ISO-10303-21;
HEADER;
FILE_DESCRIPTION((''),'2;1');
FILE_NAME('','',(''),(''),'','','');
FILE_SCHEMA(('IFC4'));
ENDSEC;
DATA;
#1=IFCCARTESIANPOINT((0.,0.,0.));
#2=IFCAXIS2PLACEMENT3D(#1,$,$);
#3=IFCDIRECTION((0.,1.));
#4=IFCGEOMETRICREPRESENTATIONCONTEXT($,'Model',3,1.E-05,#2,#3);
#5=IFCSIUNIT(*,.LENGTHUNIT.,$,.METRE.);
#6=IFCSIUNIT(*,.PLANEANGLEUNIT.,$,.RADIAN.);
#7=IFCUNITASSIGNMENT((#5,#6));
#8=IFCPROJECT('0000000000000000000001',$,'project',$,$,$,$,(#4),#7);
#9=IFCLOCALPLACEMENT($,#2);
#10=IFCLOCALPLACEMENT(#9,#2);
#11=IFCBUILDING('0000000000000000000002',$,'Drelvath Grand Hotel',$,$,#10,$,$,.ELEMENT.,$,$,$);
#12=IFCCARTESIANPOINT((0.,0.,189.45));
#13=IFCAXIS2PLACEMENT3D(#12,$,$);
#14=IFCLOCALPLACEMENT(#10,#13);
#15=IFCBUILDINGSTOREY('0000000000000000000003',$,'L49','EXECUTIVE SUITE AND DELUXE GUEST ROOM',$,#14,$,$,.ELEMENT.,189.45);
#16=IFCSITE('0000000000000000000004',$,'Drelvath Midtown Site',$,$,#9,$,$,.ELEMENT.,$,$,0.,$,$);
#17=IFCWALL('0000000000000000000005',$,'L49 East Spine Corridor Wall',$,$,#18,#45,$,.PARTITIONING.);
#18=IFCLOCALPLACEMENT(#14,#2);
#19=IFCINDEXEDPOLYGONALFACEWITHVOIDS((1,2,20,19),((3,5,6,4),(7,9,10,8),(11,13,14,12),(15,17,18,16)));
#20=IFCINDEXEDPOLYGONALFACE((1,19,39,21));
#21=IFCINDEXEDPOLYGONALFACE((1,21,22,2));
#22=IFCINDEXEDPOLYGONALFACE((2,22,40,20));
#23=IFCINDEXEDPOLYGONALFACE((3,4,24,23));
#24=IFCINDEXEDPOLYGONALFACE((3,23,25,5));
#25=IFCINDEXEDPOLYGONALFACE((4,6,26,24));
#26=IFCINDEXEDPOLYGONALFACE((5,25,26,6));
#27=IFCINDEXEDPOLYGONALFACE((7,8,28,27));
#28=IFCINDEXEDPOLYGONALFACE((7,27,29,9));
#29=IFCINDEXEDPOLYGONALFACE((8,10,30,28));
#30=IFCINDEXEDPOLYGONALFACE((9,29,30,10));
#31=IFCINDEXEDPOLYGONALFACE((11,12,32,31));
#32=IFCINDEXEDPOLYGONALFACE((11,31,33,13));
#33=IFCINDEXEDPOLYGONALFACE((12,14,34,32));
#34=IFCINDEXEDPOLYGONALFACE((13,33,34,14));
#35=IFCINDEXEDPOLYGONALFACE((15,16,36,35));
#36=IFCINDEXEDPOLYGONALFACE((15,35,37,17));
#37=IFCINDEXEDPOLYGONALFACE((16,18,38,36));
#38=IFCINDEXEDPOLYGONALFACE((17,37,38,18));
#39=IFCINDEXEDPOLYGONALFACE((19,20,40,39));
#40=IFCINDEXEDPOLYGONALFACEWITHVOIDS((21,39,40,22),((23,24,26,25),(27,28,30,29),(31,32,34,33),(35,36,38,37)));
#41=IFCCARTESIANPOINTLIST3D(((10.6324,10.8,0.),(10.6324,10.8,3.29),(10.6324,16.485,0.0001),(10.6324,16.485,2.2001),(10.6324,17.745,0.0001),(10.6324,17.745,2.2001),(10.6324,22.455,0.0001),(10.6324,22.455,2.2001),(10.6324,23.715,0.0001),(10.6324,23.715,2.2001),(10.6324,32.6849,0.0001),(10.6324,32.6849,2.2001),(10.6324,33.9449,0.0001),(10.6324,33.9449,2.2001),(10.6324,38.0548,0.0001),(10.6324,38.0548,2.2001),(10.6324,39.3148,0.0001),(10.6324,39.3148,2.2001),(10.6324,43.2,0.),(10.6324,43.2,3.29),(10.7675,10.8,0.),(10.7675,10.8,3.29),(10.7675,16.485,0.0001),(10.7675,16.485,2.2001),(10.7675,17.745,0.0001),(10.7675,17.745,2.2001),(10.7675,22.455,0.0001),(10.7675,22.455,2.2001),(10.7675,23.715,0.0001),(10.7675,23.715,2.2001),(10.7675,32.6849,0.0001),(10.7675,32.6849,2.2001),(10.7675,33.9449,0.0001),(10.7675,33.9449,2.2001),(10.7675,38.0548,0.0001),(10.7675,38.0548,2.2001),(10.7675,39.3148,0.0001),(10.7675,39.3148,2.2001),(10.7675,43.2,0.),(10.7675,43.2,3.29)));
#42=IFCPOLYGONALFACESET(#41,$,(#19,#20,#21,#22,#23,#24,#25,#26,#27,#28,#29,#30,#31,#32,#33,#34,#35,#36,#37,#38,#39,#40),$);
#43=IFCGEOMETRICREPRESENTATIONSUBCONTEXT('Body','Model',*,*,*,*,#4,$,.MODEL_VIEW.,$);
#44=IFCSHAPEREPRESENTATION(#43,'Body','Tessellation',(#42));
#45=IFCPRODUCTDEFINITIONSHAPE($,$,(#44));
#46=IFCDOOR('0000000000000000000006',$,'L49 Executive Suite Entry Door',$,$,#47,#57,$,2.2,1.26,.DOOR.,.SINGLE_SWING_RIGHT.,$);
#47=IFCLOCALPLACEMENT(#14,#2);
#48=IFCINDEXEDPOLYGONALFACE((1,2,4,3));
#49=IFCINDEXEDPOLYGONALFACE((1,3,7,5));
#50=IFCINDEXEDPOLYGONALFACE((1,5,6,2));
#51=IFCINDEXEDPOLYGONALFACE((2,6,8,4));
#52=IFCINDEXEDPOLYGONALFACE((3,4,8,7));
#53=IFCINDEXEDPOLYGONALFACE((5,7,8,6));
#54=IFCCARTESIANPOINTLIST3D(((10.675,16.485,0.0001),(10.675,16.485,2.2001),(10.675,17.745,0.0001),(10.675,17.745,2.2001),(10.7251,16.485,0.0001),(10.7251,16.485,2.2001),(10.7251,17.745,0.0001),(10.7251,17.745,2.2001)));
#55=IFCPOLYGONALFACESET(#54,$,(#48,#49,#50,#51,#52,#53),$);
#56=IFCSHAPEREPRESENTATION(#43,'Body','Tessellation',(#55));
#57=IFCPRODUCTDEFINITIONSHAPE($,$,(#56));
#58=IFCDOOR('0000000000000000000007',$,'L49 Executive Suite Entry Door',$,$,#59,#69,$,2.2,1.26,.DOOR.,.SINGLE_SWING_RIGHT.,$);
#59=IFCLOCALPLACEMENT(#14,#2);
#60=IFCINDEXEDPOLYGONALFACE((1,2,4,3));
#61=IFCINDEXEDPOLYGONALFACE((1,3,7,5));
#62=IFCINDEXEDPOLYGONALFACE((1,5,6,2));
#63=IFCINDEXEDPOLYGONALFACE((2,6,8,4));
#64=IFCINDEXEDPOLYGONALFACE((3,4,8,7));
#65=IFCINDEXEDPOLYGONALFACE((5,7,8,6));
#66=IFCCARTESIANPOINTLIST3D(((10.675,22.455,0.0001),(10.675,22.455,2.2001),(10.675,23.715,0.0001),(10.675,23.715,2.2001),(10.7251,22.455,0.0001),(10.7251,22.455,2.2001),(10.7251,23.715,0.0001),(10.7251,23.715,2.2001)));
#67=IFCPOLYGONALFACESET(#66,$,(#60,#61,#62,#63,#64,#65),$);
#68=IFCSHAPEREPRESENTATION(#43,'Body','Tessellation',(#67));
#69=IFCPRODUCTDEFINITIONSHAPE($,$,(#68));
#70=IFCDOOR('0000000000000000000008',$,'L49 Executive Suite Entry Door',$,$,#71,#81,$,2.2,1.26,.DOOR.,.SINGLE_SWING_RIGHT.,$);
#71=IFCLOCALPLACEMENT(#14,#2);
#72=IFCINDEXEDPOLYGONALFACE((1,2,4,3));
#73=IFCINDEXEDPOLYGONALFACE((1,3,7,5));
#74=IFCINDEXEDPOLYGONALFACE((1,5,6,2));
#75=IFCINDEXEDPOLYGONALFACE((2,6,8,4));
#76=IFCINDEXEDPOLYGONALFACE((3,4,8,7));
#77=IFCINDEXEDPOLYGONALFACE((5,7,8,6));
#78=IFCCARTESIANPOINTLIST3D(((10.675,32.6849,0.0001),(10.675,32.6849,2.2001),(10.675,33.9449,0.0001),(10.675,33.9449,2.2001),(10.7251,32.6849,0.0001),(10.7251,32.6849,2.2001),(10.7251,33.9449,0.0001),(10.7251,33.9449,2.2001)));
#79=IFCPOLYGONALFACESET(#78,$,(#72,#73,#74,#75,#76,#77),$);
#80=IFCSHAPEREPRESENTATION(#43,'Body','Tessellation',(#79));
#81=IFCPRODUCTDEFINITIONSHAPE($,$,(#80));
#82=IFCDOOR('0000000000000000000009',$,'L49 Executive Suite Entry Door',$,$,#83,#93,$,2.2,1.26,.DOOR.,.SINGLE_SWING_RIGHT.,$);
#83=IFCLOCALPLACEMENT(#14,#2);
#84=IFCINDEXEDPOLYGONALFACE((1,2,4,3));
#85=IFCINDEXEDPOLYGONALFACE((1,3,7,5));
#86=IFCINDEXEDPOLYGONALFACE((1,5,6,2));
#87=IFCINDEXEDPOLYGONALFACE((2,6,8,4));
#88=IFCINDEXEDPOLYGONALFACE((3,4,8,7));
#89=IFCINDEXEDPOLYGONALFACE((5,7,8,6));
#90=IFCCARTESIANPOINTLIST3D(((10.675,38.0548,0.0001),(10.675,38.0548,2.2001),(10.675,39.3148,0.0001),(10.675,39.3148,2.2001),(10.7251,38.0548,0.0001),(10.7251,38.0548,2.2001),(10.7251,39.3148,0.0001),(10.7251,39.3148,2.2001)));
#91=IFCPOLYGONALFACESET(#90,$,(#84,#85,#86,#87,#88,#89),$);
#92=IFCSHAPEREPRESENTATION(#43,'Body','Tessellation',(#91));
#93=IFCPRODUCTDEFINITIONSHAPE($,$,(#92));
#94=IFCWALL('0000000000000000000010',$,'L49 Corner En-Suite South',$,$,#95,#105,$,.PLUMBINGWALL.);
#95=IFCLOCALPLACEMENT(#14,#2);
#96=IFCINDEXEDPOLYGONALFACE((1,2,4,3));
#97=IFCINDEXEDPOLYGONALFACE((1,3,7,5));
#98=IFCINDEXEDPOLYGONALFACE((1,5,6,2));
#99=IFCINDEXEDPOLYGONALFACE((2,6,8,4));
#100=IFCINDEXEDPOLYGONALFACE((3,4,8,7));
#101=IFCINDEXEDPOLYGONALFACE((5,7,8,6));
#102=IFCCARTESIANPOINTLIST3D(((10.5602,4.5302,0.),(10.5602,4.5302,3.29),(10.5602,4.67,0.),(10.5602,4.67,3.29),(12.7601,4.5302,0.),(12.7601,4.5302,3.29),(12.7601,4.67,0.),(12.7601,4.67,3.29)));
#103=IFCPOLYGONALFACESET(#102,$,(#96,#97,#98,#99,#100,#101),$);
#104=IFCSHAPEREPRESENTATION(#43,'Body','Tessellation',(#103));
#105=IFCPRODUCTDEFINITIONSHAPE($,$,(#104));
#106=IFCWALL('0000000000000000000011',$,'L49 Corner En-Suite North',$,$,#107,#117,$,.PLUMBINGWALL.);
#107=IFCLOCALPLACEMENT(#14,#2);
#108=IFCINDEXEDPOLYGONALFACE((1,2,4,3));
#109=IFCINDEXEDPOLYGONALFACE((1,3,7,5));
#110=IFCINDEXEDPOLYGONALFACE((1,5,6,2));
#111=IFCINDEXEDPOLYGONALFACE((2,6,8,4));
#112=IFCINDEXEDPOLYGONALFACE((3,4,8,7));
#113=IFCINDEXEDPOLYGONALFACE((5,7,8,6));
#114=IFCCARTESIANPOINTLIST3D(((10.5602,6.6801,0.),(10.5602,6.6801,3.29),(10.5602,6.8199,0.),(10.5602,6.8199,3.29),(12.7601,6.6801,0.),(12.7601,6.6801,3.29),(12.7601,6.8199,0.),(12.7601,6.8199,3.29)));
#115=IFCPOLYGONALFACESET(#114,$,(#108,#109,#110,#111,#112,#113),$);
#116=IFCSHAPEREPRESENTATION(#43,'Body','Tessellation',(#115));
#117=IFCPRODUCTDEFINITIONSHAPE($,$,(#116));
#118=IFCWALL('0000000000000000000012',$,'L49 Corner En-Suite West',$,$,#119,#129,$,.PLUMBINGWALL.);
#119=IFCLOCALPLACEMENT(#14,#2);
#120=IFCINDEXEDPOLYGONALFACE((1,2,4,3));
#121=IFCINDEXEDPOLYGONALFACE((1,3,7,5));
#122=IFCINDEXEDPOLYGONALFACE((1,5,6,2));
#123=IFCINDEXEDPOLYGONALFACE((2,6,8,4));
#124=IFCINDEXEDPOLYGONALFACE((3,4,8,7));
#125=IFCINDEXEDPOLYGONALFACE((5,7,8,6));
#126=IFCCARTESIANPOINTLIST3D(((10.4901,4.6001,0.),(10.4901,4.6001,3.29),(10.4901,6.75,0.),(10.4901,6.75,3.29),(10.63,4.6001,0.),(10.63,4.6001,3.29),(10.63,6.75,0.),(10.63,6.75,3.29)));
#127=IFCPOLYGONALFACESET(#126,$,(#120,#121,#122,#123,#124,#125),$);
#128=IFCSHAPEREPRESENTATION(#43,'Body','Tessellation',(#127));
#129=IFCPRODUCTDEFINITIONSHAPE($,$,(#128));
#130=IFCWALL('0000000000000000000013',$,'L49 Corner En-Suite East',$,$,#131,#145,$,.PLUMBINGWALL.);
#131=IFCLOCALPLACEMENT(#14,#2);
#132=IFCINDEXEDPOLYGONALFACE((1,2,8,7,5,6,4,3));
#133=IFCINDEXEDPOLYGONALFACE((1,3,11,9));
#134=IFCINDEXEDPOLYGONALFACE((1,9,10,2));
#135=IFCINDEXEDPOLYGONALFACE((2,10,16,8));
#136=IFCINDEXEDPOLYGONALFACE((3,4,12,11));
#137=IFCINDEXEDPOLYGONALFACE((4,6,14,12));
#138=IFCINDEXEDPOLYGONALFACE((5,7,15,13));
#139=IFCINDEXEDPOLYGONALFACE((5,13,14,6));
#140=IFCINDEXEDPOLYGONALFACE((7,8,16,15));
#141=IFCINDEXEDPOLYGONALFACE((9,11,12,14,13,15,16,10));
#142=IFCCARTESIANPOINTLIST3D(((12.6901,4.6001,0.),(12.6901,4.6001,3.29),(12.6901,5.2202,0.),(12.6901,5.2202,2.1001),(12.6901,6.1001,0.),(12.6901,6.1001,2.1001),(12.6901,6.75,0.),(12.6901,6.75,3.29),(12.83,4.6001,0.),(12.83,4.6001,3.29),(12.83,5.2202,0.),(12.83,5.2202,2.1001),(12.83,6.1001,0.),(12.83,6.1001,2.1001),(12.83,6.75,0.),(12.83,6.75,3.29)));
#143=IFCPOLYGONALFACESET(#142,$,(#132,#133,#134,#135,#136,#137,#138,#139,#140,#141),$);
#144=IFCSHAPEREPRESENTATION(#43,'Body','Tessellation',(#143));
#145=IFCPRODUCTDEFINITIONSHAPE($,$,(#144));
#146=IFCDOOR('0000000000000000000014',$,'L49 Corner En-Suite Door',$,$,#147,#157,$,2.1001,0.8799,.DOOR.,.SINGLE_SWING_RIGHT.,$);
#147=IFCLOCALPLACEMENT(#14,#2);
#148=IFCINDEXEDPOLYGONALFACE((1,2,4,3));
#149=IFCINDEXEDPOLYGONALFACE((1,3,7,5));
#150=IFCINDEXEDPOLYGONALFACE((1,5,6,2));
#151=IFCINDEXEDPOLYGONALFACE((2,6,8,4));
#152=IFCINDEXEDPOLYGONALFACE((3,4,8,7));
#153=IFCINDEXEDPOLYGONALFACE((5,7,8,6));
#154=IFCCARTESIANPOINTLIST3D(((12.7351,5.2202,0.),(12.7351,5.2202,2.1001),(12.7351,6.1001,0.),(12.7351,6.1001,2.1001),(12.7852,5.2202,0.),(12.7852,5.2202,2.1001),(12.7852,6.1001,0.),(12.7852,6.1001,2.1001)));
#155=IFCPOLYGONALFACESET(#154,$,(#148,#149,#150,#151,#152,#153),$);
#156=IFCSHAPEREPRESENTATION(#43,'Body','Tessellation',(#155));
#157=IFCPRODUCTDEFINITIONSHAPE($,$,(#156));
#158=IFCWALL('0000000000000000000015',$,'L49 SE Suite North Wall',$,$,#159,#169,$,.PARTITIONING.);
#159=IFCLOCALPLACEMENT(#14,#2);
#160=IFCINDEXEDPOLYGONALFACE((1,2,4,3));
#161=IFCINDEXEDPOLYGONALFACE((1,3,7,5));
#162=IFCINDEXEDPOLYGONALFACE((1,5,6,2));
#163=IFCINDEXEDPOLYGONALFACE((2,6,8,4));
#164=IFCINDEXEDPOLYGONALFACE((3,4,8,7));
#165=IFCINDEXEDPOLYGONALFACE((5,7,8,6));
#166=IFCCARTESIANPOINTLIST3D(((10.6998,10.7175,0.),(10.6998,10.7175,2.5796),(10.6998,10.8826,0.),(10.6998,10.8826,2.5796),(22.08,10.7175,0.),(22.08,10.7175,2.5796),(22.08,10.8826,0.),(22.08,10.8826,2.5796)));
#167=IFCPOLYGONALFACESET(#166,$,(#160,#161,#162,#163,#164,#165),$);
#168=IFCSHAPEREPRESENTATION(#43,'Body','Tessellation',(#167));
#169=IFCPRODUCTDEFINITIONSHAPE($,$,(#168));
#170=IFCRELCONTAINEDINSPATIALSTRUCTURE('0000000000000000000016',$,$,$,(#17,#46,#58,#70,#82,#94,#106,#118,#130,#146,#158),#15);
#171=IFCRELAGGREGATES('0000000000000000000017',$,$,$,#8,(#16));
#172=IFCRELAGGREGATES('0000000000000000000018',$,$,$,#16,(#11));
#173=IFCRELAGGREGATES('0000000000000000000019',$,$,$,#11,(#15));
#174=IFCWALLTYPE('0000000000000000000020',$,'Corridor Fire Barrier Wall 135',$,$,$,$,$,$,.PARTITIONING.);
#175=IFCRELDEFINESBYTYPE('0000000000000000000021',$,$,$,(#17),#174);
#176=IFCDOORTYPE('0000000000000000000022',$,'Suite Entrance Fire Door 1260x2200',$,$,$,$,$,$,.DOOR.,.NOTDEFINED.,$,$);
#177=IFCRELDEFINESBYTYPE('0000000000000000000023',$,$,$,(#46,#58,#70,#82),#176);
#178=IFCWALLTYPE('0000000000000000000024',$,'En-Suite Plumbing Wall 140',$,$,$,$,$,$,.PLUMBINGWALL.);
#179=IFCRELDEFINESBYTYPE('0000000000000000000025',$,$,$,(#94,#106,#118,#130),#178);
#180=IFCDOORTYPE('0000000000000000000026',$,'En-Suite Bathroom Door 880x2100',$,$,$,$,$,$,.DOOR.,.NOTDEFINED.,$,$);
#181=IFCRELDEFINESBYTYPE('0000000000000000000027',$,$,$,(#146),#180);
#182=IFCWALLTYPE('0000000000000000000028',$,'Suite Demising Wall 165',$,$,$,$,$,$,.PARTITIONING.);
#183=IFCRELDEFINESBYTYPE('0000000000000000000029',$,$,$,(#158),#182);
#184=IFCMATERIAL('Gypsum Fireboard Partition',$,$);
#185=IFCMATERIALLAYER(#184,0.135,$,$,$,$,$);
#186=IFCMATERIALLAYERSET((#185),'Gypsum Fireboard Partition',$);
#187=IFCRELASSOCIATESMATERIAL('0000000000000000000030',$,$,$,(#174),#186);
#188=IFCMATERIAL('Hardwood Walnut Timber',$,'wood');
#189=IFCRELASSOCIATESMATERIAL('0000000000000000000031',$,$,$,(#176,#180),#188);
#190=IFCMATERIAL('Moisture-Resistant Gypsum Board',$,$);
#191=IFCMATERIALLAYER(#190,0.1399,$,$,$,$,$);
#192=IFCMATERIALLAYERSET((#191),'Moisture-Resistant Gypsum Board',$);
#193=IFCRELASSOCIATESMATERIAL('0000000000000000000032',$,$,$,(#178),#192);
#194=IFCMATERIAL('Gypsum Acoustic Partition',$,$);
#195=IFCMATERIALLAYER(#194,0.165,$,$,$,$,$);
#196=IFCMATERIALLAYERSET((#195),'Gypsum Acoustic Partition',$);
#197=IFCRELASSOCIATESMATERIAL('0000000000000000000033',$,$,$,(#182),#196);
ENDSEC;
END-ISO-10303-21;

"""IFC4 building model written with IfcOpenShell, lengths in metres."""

from ifc_helpers import new_model, si_unit, direction, frame, frame_2d, origin, place, context, subcontext, project, spatial, rectangle, extrude, material, layer, layer_set, type_object, element, fill, save


model = new_model("IFC4")

# Units and contexts
model_context = context("Model", 3, precision=1e-05, world=origin(), true_north=direction((0.0, 1.0)))
body_context = subcontext(model_context, "Body", "Model", "MODEL_VIEW")
ifc_project = project(units=[si_unit("LENGTHUNIT", "METRE"), si_unit("PLANEANGLEUNIT", "RADIAN")], contexts=[model_context])

# Site, building, storey
site_placement = place(None, origin())
site = spatial("IfcSite", under=ifc_project, at=site_placement, Name="Drelvath Midtown Site", CompositionType="ELEMENT", RefElevation=0.0)
building_placement = place(site_placement, origin())
building = spatial("IfcBuilding", under=site, at=building_placement, Name="Drelvath Grand Hotel", CompositionType="ELEMENT")
storey_placement = place(building_placement, frame((0.0, 0.0, 189.45)))
storey = spatial("IfcBuildingStorey", under=building, at=storey_placement, Name="L49", Description="EXECUTIVE SUITE AND DELUXE GUEST ROOM", CompositionType="ELEMENT", Elevation=189.45)

# Shared definitions
ifc_material_1 = material(Name="Gypsum Fireboard Partition")
ifc_layer_1 = layer(ifc_material_1, 0.135)
ifc_layer_set_1 = layer_set([ifc_layer_1], Name="Gypsum Fireboard Partition")
wall_type_1 = type_object("IfcWallType", Name="Corridor Fire Barrier Wall 135", PredefinedType="PARTITIONING", material=ifc_layer_set_1)

# Wall, openings, doors
wall_1_placement = place(storey_placement, frame((10.7, 10.8, 0.0), z_axis=(0.0, 0.0, 1.0), x_axis=(0.0, 1.0, 0.0)))
wall_1 = element("IfcWall", 1, at=wall_1_placement, inside=storey, type_object=wall_type_1, Name="L49 East Spine Corridor Wall", PredefinedType="PARTITIONING", context=body_context, shape_type="SweptSolid", body=[
    extrude(rectangle(XDim=32.3999, YDim=0.135, at=frame_2d((16.2, 0.0))), origin(), (0.0, 0.0, 1.0), 3.29),
])
opening_1_placement = place(wall_1_placement, frame((5.6851, 0.0, 0.0)))
opening_1 = element("IfcOpeningElement", 2, at=opening_1_placement, cuts=wall_1, PredefinedType="OPENING", context=body_context, shape_type="SweptSolid", body=[
    extrude(rectangle(XDim=1.26, YDim=2.2, at=frame_2d((0.6299, 1.1001))), frame((0.0, 0.0774, 0.0), z_axis=(0.0, -1.0, 0.0), x_axis=(1.0, 0.0, 0.0)), (0.0, 0.0, 1.0), 0.155),
])
opening_2_placement = place(wall_1_placement, frame((11.655, 0.0, 0.0)))
opening_2 = element("IfcOpeningElement", 3, at=opening_2_placement, cuts=wall_1, PredefinedType="OPENING", context=body_context, shape_type="SweptSolid", body=[
    extrude(rectangle(XDim=1.26, YDim=2.2, at=frame_2d((0.6299, 1.1001))), frame((0.0, 0.0774, 0.0), z_axis=(0.0, -1.0, 0.0), x_axis=(1.0, 0.0, 0.0)), (0.0, 0.0, 1.0), 0.155),
])
opening_3_placement = place(wall_1_placement, frame((21.885, 0.0, 0.0)))
opening_3 = element("IfcOpeningElement", 4, at=opening_3_placement, cuts=wall_1, PredefinedType="OPENING", context=body_context, shape_type="SweptSolid", body=[
    extrude(rectangle(XDim=1.26, YDim=2.2, at=frame_2d((0.6299, 1.1001))), frame((0.0, 0.0774, 0.0), z_axis=(0.0, -1.0, 0.0), x_axis=(1.0, 0.0, 0.0)), (0.0, 0.0, 1.0), 0.155),
])
opening_4_placement = place(wall_1_placement, frame((27.2549, 0.0, 0.0)))
opening_4 = element("IfcOpeningElement", 5, at=opening_4_placement, cuts=wall_1, PredefinedType="OPENING", context=body_context, shape_type="SweptSolid", body=[
    extrude(rectangle(XDim=1.26, YDim=2.2, at=frame_2d((0.6299, 1.1001))), frame((0.0, 0.0774, 0.0), z_axis=(0.0, -1.0, 0.0), x_axis=(1.0, 0.0, 0.0)), (0.0, 0.0, 1.0), 0.155),
])
ifc_material_2 = material(Name="Hardwood Walnut Timber", Category="wood")
door_type_1 = type_object("IfcDoorType", Name="Suite Entrance Fire Door 1260x2200", OperationType="NOTDEFINED", PredefinedType="DOOR", material=ifc_material_2)
door_1_placement = place(opening_1_placement, origin())
door_1 = element("IfcDoor", 6, at=door_1_placement, inside=storey, type_object=door_type_1, Name="L49 Executive Suite Entry Door", OperationType="SINGLE_SWING_RIGHT", OverallHeight=2.2, OverallWidth=1.26, PredefinedType="DOOR", context=body_context, shape_type="SweptSolid", body=[
    extrude(rectangle(XDim=1.26, YDim=2.2, at=frame_2d((0.6299, 1.1001))), frame((0.0, 0.0249, 0.0), z_axis=(0.0, -1.0, 0.0), x_axis=(1.0, 0.0, 0.0)), (0.0, 0.0, 1.0), 0.05),
])
fill(opening_1, door_1)
door_2_placement = place(opening_2_placement, origin())
door_2 = element("IfcDoor", 7, at=door_2_placement, inside=storey, type_object=door_type_1, Name="L49 Executive Suite Entry Door", OperationType="SINGLE_SWING_RIGHT", OverallHeight=2.2, OverallWidth=1.26, PredefinedType="DOOR", context=body_context, shape_type="SweptSolid", body=[
    extrude(rectangle(XDim=1.26, YDim=2.2, at=frame_2d((0.6299, 1.1001))), frame((0.0, 0.0249, 0.0), z_axis=(0.0, -1.0, 0.0), x_axis=(1.0, 0.0, 0.0)), (0.0, 0.0, 1.0), 0.05),
])
fill(opening_2, door_2)
door_3_placement = place(opening_3_placement, origin())
door_3 = element("IfcDoor", 8, at=door_3_placement, inside=storey, type_object=door_type_1, Name="L49 Executive Suite Entry Door", OperationType="SINGLE_SWING_RIGHT", OverallHeight=2.2, OverallWidth=1.26, PredefinedType="DOOR", context=body_context, shape_type="SweptSolid", body=[
    extrude(rectangle(XDim=1.26, YDim=2.2, at=frame_2d((0.6299, 1.1001))), frame((0.0, 0.0249, 0.0), z_axis=(0.0, -1.0, 0.0), x_axis=(1.0, 0.0, 0.0)), (0.0, 0.0, 1.0), 0.05),
])
fill(opening_3, door_3)
door_4_placement = place(opening_4_placement, origin())
door_4 = element("IfcDoor", 9, at=door_4_placement, inside=storey, type_object=door_type_1, Name="L49 Executive Suite Entry Door", OperationType="SINGLE_SWING_RIGHT", OverallHeight=2.2, OverallWidth=1.26, PredefinedType="DOOR", context=body_context, shape_type="SweptSolid", body=[
    extrude(rectangle(XDim=1.26, YDim=2.2, at=frame_2d((0.6299, 1.1001))), frame((0.0, 0.0249, 0.0), z_axis=(0.0, -1.0, 0.0), x_axis=(1.0, 0.0, 0.0)), (0.0, 0.0, 1.0), 0.05),
])
fill(opening_4, door_4)

# Walls
ifc_material_3 = material(Name="Moisture-Resistant Gypsum Board")
ifc_layer_2 = layer(ifc_material_3, 0.1399)
ifc_layer_set_2 = layer_set([ifc_layer_2], Name="Moisture-Resistant Gypsum Board")
wall_type_2 = type_object("IfcWallType", Name="En-Suite Plumbing Wall 140", PredefinedType="PLUMBINGWALL", material=ifc_layer_set_2)
for number, where, z_axis, x_axis, name in (
    (10, (10.5601, 4.6001, 0.0), (0.0, 0.0, 1.0), (1.0, 0.0, 0.0), "L49 Corner En-Suite South"),
    (11, (10.5601, 6.75, 0.0), (0.0, 0.0, 1.0), (1.0, 0.0, 0.0), "L49 Corner En-Suite North"),
):
    element("IfcWall", number, at=place(storey_placement, frame(where, z_axis=z_axis, x_axis=x_axis)), inside=storey, type_object=wall_type_2, Name=name, PredefinedType="PLUMBINGWALL", context=body_context, shape_type="SweptSolid", body=[
        extrude(rectangle(XDim=2.2, YDim=0.1399, at=frame_2d((1.1001, 0.0))), origin(), (0.0, 0.0, 1.0), 3.29),
    ])
wall_2_placement = place(storey_placement, frame((10.5601, 4.6001, 0.0), z_axis=(0.0, 0.0, 1.0), x_axis=(0.0, 1.0, 0.0)))
element("IfcWall", 12, at=wall_2_placement, inside=storey, type_object=wall_type_2, Name="L49 Corner En-Suite West", PredefinedType="PLUMBINGWALL", context=body_context, shape_type="SweptSolid", body=[
    extrude(rectangle(XDim=2.1499, YDim=0.1399, at=frame_2d((1.075, 0.0))), origin(), (0.0, 0.0, 1.0), 3.29),
])

# Wall, opening, door
wall_3_placement = place(storey_placement, frame((12.76, 4.6001, 0.0), z_axis=(0.0, 0.0, 1.0), x_axis=(0.0, 1.0, 0.0)))
wall_3 = element("IfcWall", 13, at=wall_3_placement, inside=storey, type_object=wall_type_2, Name="L49 Corner En-Suite East", PredefinedType="PLUMBINGWALL", context=body_context, shape_type="SweptSolid", body=[
    extrude(rectangle(XDim=2.1499, YDim=0.1399, at=frame_2d((1.075, 0.0))), origin(), (0.0, 0.0, 1.0), 3.29),
])
opening_5_placement = place(wall_3_placement, frame((0.6201, 0.0, 0.0)))
opening_5 = element("IfcOpeningElement", 14, at=opening_5_placement, cuts=wall_3, PredefinedType="OPENING", context=body_context, shape_type="SweptSolid", body=[
    extrude(rectangle(XDim=0.8799, YDim=2.1001, at=frame_2d((0.4399, 1.05))), frame((0.0, 0.0798, 0.0), z_axis=(0.0, -1.0, 0.0), x_axis=(1.0, 0.0, 0.0)), (0.0, 0.0, 1.0), 0.1599),
])
door_type_2 = type_object("IfcDoorType", Name="En-Suite Bathroom Door 880x2100", OperationType="NOTDEFINED", PredefinedType="DOOR", material=ifc_material_2)
door_5_placement = place(opening_5_placement, origin())
door_5 = element("IfcDoor", 15, at=door_5_placement, inside=storey, type_object=door_type_2, Name="L49 Corner En-Suite Door", OperationType="SINGLE_SWING_RIGHT", OverallHeight=2.1001, OverallWidth=0.8799, PredefinedType="DOOR", context=body_context, shape_type="SweptSolid", body=[
    extrude(rectangle(XDim=0.8799, YDim=2.1001, at=frame_2d((0.4399, 1.05))), frame((0.0, 0.0249, 0.0), z_axis=(0.0, -1.0, 0.0), x_axis=(1.0, 0.0, 0.0)), (0.0, 0.0, 1.0), 0.05),
])
fill(opening_5, door_5)

# Wall
ifc_material_4 = material(Name="Gypsum Acoustic Partition")
ifc_layer_3 = layer(ifc_material_4, 0.165)
ifc_layer_set_3 = layer_set([ifc_layer_3], Name="Gypsum Acoustic Partition")
wall_type_3 = type_object("IfcWallType", Name="Suite Demising Wall 165", PredefinedType="PARTITIONING", material=ifc_layer_set_3)
wall_4_placement = place(storey_placement, frame((10.7, 10.8, 0.0), z_axis=(0.0, 0.0, 1.0), x_axis=(1.0, 0.0, 0.0)))
element("IfcWall", 16, at=wall_4_placement, inside=storey, type_object=wall_type_3, Name="L49 SE Suite North Wall", PredefinedType="PARTITIONING", context=body_context, shape_type="SweptSolid", body=[
    extrude(rectangle(XDim=11.3801, YDim=0.165, at=frame_2d((5.6899, 0.0))), origin(), (0.0, 0.0, 1.0), 2.5796),
])

save(model, "model.ifc")
